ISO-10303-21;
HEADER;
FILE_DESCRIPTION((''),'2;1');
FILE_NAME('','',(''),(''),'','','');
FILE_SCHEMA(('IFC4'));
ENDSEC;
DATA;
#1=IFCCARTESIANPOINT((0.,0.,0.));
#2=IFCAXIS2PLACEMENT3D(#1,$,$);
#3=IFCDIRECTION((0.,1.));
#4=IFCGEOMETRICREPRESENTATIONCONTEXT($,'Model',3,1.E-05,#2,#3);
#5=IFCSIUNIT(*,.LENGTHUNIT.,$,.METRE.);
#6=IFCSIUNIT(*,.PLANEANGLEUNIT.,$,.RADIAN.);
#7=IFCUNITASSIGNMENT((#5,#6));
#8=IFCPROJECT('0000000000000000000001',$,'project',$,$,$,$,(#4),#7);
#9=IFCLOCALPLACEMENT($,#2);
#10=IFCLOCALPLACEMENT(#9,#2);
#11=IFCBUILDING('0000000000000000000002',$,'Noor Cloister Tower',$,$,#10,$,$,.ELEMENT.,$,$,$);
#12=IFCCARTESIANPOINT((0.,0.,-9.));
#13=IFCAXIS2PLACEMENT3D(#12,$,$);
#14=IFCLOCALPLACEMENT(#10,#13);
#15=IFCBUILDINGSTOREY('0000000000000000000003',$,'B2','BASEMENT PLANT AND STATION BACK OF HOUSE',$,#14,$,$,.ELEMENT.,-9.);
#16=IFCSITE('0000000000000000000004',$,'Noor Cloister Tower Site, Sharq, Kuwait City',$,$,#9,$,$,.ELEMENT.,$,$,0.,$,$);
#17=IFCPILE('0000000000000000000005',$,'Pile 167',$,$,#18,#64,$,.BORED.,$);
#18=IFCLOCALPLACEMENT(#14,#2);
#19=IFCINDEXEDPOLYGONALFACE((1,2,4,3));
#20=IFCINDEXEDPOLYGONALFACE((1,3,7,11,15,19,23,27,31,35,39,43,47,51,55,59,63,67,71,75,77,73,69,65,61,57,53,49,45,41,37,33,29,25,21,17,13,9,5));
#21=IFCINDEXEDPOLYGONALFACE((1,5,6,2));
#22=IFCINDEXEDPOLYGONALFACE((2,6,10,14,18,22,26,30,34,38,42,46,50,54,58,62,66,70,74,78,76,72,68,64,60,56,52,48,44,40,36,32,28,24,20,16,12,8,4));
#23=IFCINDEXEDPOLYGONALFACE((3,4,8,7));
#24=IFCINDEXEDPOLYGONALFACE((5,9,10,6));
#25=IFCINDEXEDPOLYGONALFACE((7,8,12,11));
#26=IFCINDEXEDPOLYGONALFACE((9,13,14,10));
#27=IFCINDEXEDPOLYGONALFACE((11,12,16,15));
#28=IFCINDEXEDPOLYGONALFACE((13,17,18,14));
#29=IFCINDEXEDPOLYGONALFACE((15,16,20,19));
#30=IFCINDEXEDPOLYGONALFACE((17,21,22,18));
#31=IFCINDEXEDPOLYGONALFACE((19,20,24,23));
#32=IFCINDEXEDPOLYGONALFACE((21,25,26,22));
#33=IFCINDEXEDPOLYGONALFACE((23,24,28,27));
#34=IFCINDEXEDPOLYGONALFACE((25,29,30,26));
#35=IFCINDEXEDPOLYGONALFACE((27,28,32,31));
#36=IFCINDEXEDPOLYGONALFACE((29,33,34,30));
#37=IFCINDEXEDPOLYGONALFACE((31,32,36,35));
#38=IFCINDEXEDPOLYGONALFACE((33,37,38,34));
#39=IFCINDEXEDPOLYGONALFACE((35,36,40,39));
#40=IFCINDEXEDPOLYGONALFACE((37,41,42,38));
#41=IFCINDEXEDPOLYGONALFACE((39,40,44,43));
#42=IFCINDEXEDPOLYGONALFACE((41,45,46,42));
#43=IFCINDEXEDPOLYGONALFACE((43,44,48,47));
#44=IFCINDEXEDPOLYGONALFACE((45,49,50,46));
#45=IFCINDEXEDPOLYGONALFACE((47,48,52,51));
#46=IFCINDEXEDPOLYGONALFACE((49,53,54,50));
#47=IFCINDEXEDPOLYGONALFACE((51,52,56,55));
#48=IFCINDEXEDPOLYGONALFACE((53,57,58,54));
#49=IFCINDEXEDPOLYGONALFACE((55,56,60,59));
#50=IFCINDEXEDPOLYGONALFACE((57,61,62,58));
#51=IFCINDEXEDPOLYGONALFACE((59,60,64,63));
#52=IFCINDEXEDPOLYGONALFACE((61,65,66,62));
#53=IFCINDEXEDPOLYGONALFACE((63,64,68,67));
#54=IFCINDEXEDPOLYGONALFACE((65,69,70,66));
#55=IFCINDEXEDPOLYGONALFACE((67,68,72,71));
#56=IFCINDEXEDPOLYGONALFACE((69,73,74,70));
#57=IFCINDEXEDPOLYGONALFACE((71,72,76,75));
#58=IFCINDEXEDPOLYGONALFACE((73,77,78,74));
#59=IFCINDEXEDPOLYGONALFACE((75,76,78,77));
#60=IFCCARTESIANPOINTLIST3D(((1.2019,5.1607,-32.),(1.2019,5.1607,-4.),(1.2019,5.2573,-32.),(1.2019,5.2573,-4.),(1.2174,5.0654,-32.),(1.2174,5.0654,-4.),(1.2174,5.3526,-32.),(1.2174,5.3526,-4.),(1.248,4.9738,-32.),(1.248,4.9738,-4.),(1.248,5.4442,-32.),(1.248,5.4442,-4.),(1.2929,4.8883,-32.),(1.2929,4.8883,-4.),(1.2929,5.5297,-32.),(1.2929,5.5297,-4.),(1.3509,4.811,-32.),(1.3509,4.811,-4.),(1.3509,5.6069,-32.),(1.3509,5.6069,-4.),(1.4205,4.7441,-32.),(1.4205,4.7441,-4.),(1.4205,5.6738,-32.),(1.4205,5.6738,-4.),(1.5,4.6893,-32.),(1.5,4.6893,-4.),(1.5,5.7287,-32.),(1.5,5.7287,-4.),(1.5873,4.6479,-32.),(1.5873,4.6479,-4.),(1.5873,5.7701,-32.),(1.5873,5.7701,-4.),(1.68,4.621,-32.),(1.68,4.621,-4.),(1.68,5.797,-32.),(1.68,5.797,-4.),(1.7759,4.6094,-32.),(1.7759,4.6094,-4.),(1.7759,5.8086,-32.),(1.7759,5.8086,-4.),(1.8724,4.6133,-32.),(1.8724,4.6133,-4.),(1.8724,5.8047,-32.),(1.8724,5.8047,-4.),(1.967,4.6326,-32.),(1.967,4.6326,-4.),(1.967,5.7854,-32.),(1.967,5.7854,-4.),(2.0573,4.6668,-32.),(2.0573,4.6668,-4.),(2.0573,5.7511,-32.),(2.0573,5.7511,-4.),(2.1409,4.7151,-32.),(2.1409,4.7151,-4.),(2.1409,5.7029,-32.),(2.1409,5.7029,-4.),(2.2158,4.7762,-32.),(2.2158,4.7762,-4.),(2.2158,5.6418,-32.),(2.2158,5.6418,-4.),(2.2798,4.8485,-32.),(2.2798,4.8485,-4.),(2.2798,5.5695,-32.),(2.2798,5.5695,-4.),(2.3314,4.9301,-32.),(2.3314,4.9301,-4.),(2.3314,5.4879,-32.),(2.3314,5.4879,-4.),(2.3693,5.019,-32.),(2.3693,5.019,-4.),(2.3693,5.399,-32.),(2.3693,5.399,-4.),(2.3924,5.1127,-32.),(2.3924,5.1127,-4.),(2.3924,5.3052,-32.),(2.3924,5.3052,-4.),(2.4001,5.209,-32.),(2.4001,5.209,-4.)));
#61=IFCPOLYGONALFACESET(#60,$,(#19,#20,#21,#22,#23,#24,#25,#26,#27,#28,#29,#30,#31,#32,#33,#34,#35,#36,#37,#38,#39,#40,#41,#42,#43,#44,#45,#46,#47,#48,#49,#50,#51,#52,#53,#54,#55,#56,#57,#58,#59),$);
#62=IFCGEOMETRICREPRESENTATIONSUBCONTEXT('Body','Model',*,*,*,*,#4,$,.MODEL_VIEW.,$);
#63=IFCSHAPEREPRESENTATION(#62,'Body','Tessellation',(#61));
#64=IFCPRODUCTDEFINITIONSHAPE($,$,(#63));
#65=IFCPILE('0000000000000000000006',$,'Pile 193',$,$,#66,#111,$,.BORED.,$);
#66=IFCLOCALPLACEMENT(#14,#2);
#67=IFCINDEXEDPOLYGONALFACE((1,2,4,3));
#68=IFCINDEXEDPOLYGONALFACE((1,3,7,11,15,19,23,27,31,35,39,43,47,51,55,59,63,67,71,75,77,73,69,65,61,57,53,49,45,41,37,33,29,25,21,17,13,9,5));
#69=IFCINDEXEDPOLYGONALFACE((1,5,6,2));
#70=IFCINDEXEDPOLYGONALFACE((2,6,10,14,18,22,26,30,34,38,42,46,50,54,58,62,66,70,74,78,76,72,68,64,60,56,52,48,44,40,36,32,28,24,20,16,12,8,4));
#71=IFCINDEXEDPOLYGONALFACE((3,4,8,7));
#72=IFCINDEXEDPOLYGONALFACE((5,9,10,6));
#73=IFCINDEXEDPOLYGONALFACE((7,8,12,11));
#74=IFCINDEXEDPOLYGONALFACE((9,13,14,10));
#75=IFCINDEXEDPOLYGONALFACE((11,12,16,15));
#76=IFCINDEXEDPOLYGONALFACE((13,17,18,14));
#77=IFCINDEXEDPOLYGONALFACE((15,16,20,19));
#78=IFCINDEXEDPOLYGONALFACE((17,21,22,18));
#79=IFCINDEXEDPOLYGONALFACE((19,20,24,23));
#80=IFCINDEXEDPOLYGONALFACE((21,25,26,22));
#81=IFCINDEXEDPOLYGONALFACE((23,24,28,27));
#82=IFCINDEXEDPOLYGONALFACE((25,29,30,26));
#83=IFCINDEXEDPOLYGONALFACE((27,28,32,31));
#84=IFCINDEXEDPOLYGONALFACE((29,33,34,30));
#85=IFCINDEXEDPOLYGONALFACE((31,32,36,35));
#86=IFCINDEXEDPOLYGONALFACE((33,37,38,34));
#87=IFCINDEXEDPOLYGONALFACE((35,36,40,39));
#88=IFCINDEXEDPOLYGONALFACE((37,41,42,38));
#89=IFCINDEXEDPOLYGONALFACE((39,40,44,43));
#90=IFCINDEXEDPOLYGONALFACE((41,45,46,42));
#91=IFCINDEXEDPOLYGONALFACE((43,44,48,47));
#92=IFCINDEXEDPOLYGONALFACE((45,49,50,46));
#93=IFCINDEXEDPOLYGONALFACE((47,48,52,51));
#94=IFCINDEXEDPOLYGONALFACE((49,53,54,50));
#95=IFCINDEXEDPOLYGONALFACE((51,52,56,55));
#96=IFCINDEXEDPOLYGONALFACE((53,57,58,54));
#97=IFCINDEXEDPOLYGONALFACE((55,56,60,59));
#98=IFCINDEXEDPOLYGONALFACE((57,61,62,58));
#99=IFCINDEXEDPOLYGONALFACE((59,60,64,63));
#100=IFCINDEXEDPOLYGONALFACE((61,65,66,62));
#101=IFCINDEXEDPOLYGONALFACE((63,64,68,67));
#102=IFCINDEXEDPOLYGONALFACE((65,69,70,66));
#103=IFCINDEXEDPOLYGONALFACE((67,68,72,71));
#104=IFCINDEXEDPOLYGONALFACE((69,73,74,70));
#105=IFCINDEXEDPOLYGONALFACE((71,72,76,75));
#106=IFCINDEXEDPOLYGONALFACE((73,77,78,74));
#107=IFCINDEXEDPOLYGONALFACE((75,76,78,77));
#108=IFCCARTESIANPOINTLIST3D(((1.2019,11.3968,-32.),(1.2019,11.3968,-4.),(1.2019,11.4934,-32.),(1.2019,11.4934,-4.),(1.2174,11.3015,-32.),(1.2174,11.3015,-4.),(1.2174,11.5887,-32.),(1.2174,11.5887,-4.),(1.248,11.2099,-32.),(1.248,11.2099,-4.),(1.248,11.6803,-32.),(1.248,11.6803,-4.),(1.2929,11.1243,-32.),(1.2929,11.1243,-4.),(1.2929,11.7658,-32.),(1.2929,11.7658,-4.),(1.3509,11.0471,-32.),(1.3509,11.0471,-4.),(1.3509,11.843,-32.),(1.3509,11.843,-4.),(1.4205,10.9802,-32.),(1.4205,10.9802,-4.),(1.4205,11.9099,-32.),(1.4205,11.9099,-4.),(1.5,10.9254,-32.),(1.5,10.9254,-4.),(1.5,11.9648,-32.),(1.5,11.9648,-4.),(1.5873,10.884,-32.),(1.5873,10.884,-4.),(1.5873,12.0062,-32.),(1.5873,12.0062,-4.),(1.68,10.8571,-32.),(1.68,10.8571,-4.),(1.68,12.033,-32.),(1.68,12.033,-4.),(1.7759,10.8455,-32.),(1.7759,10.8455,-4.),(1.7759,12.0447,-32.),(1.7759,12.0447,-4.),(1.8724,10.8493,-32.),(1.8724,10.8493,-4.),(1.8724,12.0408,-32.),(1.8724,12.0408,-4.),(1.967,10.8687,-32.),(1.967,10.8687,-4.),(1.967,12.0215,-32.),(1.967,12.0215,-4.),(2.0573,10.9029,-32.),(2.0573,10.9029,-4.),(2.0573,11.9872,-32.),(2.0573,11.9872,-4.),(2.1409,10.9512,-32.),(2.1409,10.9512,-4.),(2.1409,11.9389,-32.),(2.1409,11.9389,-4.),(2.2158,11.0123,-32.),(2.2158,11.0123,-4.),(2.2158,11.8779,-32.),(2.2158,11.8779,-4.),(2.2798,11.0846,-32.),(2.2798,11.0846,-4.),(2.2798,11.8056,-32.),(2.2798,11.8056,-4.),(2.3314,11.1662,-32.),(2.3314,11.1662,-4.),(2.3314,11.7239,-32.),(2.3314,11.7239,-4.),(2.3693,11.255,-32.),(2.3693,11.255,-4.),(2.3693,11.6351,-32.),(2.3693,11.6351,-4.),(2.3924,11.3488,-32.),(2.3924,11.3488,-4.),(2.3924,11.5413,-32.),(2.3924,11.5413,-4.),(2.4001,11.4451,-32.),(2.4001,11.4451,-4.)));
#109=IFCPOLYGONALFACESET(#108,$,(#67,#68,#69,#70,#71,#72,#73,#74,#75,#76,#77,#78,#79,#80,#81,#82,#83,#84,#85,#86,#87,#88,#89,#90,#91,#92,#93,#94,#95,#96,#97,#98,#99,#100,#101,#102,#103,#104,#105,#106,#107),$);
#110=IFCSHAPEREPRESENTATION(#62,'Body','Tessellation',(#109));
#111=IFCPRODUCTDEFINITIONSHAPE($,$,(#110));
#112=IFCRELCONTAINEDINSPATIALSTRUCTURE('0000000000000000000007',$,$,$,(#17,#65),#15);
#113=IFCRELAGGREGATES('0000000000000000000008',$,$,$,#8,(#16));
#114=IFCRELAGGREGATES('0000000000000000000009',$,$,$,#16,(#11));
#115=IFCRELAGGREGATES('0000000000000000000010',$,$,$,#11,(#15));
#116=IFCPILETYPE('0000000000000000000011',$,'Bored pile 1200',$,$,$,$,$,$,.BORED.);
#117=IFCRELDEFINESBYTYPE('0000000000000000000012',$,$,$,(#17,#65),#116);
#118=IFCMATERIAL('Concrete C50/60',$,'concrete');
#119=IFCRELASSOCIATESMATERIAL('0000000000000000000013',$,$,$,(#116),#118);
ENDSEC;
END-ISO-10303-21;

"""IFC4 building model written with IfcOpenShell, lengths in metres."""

from ifc_helpers import new_model, si_unit, direction, frame, origin, origin_2d, place, context, subcontext, project, spatial, circle, extrude, material, material_profile, profile_set, type_object, element, save


model = new_model("IFC4")

# Units and contexts
model_context = context("Model", 3, precision=1e-05, world=origin(), true_north=direction((0.0, 1.0)))
body_context = subcontext(model_context, "Body", "Model", "MODEL_VIEW")
ifc_project = project(units=[si_unit("LENGTHUNIT", "METRE"), si_unit("PLANEANGLEUNIT", "RADIAN")], contexts=[model_context])

# Site, building, storey
site_placement = place(None, origin())
site = spatial("IfcSite", under=ifc_project, at=site_placement, Name="Noor Cloister Tower Site, Sharq, Kuwait City", CompositionType="ELEMENT", RefElevation=0.0)
building_placement = place(site_placement, origin())
building = spatial("IfcBuilding", under=site, at=building_placement, Name="Noor Cloister Tower", CompositionType="ELEMENT")
storey_placement = place(building_placement, frame((0.0, 0.0, -9.0)))
storey = spatial("IfcBuildingStorey", under=building, at=storey_placement, Name="B2", Description="BASEMENT PLANT AND STATION BACK OF HOUSE", CompositionType="ELEMENT", Elevation=-9.0)

# Piles
ifc_material_1 = material(Name="Concrete C50/60", Category="concrete")
ifc_material_profile = material_profile(ifc_material_1, circle(Radius=0.6001, at=origin_2d()), Name="Bored pile 1200")
ifc_profile_set = profile_set([ifc_material_profile], Name="Concrete C50/60")
pile_type = type_object("IfcPileType", Name="Bored pile 1200", PredefinedType="BORED", material=ifc_profile_set)
for number, where, z_axis, x_axis, name in (
    (1, (1.8, 5.209, -4.0), (0.0, 0.0, -1.0), (1.0, 0.0, 0.0), "Pile 167"),
    (2, (1.8, 11.4451, -4.0), (0.0, 0.0, -1.0), (1.0, 0.0, 0.0), "Pile 193"),
):
    element("IfcPile", number, at=place(storey_placement, frame(where, z_axis=z_axis, x_axis=x_axis)), inside=storey, type_object=pile_type, Name=name, PredefinedType="BORED", context=body_context, shape_type="SweptSolid", body=[
        extrude(circle(Radius=0.6001, at=origin_2d()), origin(), (0.0, 0.0, 1.0), 28.0),
    ])

save(model, "model.ifc")
